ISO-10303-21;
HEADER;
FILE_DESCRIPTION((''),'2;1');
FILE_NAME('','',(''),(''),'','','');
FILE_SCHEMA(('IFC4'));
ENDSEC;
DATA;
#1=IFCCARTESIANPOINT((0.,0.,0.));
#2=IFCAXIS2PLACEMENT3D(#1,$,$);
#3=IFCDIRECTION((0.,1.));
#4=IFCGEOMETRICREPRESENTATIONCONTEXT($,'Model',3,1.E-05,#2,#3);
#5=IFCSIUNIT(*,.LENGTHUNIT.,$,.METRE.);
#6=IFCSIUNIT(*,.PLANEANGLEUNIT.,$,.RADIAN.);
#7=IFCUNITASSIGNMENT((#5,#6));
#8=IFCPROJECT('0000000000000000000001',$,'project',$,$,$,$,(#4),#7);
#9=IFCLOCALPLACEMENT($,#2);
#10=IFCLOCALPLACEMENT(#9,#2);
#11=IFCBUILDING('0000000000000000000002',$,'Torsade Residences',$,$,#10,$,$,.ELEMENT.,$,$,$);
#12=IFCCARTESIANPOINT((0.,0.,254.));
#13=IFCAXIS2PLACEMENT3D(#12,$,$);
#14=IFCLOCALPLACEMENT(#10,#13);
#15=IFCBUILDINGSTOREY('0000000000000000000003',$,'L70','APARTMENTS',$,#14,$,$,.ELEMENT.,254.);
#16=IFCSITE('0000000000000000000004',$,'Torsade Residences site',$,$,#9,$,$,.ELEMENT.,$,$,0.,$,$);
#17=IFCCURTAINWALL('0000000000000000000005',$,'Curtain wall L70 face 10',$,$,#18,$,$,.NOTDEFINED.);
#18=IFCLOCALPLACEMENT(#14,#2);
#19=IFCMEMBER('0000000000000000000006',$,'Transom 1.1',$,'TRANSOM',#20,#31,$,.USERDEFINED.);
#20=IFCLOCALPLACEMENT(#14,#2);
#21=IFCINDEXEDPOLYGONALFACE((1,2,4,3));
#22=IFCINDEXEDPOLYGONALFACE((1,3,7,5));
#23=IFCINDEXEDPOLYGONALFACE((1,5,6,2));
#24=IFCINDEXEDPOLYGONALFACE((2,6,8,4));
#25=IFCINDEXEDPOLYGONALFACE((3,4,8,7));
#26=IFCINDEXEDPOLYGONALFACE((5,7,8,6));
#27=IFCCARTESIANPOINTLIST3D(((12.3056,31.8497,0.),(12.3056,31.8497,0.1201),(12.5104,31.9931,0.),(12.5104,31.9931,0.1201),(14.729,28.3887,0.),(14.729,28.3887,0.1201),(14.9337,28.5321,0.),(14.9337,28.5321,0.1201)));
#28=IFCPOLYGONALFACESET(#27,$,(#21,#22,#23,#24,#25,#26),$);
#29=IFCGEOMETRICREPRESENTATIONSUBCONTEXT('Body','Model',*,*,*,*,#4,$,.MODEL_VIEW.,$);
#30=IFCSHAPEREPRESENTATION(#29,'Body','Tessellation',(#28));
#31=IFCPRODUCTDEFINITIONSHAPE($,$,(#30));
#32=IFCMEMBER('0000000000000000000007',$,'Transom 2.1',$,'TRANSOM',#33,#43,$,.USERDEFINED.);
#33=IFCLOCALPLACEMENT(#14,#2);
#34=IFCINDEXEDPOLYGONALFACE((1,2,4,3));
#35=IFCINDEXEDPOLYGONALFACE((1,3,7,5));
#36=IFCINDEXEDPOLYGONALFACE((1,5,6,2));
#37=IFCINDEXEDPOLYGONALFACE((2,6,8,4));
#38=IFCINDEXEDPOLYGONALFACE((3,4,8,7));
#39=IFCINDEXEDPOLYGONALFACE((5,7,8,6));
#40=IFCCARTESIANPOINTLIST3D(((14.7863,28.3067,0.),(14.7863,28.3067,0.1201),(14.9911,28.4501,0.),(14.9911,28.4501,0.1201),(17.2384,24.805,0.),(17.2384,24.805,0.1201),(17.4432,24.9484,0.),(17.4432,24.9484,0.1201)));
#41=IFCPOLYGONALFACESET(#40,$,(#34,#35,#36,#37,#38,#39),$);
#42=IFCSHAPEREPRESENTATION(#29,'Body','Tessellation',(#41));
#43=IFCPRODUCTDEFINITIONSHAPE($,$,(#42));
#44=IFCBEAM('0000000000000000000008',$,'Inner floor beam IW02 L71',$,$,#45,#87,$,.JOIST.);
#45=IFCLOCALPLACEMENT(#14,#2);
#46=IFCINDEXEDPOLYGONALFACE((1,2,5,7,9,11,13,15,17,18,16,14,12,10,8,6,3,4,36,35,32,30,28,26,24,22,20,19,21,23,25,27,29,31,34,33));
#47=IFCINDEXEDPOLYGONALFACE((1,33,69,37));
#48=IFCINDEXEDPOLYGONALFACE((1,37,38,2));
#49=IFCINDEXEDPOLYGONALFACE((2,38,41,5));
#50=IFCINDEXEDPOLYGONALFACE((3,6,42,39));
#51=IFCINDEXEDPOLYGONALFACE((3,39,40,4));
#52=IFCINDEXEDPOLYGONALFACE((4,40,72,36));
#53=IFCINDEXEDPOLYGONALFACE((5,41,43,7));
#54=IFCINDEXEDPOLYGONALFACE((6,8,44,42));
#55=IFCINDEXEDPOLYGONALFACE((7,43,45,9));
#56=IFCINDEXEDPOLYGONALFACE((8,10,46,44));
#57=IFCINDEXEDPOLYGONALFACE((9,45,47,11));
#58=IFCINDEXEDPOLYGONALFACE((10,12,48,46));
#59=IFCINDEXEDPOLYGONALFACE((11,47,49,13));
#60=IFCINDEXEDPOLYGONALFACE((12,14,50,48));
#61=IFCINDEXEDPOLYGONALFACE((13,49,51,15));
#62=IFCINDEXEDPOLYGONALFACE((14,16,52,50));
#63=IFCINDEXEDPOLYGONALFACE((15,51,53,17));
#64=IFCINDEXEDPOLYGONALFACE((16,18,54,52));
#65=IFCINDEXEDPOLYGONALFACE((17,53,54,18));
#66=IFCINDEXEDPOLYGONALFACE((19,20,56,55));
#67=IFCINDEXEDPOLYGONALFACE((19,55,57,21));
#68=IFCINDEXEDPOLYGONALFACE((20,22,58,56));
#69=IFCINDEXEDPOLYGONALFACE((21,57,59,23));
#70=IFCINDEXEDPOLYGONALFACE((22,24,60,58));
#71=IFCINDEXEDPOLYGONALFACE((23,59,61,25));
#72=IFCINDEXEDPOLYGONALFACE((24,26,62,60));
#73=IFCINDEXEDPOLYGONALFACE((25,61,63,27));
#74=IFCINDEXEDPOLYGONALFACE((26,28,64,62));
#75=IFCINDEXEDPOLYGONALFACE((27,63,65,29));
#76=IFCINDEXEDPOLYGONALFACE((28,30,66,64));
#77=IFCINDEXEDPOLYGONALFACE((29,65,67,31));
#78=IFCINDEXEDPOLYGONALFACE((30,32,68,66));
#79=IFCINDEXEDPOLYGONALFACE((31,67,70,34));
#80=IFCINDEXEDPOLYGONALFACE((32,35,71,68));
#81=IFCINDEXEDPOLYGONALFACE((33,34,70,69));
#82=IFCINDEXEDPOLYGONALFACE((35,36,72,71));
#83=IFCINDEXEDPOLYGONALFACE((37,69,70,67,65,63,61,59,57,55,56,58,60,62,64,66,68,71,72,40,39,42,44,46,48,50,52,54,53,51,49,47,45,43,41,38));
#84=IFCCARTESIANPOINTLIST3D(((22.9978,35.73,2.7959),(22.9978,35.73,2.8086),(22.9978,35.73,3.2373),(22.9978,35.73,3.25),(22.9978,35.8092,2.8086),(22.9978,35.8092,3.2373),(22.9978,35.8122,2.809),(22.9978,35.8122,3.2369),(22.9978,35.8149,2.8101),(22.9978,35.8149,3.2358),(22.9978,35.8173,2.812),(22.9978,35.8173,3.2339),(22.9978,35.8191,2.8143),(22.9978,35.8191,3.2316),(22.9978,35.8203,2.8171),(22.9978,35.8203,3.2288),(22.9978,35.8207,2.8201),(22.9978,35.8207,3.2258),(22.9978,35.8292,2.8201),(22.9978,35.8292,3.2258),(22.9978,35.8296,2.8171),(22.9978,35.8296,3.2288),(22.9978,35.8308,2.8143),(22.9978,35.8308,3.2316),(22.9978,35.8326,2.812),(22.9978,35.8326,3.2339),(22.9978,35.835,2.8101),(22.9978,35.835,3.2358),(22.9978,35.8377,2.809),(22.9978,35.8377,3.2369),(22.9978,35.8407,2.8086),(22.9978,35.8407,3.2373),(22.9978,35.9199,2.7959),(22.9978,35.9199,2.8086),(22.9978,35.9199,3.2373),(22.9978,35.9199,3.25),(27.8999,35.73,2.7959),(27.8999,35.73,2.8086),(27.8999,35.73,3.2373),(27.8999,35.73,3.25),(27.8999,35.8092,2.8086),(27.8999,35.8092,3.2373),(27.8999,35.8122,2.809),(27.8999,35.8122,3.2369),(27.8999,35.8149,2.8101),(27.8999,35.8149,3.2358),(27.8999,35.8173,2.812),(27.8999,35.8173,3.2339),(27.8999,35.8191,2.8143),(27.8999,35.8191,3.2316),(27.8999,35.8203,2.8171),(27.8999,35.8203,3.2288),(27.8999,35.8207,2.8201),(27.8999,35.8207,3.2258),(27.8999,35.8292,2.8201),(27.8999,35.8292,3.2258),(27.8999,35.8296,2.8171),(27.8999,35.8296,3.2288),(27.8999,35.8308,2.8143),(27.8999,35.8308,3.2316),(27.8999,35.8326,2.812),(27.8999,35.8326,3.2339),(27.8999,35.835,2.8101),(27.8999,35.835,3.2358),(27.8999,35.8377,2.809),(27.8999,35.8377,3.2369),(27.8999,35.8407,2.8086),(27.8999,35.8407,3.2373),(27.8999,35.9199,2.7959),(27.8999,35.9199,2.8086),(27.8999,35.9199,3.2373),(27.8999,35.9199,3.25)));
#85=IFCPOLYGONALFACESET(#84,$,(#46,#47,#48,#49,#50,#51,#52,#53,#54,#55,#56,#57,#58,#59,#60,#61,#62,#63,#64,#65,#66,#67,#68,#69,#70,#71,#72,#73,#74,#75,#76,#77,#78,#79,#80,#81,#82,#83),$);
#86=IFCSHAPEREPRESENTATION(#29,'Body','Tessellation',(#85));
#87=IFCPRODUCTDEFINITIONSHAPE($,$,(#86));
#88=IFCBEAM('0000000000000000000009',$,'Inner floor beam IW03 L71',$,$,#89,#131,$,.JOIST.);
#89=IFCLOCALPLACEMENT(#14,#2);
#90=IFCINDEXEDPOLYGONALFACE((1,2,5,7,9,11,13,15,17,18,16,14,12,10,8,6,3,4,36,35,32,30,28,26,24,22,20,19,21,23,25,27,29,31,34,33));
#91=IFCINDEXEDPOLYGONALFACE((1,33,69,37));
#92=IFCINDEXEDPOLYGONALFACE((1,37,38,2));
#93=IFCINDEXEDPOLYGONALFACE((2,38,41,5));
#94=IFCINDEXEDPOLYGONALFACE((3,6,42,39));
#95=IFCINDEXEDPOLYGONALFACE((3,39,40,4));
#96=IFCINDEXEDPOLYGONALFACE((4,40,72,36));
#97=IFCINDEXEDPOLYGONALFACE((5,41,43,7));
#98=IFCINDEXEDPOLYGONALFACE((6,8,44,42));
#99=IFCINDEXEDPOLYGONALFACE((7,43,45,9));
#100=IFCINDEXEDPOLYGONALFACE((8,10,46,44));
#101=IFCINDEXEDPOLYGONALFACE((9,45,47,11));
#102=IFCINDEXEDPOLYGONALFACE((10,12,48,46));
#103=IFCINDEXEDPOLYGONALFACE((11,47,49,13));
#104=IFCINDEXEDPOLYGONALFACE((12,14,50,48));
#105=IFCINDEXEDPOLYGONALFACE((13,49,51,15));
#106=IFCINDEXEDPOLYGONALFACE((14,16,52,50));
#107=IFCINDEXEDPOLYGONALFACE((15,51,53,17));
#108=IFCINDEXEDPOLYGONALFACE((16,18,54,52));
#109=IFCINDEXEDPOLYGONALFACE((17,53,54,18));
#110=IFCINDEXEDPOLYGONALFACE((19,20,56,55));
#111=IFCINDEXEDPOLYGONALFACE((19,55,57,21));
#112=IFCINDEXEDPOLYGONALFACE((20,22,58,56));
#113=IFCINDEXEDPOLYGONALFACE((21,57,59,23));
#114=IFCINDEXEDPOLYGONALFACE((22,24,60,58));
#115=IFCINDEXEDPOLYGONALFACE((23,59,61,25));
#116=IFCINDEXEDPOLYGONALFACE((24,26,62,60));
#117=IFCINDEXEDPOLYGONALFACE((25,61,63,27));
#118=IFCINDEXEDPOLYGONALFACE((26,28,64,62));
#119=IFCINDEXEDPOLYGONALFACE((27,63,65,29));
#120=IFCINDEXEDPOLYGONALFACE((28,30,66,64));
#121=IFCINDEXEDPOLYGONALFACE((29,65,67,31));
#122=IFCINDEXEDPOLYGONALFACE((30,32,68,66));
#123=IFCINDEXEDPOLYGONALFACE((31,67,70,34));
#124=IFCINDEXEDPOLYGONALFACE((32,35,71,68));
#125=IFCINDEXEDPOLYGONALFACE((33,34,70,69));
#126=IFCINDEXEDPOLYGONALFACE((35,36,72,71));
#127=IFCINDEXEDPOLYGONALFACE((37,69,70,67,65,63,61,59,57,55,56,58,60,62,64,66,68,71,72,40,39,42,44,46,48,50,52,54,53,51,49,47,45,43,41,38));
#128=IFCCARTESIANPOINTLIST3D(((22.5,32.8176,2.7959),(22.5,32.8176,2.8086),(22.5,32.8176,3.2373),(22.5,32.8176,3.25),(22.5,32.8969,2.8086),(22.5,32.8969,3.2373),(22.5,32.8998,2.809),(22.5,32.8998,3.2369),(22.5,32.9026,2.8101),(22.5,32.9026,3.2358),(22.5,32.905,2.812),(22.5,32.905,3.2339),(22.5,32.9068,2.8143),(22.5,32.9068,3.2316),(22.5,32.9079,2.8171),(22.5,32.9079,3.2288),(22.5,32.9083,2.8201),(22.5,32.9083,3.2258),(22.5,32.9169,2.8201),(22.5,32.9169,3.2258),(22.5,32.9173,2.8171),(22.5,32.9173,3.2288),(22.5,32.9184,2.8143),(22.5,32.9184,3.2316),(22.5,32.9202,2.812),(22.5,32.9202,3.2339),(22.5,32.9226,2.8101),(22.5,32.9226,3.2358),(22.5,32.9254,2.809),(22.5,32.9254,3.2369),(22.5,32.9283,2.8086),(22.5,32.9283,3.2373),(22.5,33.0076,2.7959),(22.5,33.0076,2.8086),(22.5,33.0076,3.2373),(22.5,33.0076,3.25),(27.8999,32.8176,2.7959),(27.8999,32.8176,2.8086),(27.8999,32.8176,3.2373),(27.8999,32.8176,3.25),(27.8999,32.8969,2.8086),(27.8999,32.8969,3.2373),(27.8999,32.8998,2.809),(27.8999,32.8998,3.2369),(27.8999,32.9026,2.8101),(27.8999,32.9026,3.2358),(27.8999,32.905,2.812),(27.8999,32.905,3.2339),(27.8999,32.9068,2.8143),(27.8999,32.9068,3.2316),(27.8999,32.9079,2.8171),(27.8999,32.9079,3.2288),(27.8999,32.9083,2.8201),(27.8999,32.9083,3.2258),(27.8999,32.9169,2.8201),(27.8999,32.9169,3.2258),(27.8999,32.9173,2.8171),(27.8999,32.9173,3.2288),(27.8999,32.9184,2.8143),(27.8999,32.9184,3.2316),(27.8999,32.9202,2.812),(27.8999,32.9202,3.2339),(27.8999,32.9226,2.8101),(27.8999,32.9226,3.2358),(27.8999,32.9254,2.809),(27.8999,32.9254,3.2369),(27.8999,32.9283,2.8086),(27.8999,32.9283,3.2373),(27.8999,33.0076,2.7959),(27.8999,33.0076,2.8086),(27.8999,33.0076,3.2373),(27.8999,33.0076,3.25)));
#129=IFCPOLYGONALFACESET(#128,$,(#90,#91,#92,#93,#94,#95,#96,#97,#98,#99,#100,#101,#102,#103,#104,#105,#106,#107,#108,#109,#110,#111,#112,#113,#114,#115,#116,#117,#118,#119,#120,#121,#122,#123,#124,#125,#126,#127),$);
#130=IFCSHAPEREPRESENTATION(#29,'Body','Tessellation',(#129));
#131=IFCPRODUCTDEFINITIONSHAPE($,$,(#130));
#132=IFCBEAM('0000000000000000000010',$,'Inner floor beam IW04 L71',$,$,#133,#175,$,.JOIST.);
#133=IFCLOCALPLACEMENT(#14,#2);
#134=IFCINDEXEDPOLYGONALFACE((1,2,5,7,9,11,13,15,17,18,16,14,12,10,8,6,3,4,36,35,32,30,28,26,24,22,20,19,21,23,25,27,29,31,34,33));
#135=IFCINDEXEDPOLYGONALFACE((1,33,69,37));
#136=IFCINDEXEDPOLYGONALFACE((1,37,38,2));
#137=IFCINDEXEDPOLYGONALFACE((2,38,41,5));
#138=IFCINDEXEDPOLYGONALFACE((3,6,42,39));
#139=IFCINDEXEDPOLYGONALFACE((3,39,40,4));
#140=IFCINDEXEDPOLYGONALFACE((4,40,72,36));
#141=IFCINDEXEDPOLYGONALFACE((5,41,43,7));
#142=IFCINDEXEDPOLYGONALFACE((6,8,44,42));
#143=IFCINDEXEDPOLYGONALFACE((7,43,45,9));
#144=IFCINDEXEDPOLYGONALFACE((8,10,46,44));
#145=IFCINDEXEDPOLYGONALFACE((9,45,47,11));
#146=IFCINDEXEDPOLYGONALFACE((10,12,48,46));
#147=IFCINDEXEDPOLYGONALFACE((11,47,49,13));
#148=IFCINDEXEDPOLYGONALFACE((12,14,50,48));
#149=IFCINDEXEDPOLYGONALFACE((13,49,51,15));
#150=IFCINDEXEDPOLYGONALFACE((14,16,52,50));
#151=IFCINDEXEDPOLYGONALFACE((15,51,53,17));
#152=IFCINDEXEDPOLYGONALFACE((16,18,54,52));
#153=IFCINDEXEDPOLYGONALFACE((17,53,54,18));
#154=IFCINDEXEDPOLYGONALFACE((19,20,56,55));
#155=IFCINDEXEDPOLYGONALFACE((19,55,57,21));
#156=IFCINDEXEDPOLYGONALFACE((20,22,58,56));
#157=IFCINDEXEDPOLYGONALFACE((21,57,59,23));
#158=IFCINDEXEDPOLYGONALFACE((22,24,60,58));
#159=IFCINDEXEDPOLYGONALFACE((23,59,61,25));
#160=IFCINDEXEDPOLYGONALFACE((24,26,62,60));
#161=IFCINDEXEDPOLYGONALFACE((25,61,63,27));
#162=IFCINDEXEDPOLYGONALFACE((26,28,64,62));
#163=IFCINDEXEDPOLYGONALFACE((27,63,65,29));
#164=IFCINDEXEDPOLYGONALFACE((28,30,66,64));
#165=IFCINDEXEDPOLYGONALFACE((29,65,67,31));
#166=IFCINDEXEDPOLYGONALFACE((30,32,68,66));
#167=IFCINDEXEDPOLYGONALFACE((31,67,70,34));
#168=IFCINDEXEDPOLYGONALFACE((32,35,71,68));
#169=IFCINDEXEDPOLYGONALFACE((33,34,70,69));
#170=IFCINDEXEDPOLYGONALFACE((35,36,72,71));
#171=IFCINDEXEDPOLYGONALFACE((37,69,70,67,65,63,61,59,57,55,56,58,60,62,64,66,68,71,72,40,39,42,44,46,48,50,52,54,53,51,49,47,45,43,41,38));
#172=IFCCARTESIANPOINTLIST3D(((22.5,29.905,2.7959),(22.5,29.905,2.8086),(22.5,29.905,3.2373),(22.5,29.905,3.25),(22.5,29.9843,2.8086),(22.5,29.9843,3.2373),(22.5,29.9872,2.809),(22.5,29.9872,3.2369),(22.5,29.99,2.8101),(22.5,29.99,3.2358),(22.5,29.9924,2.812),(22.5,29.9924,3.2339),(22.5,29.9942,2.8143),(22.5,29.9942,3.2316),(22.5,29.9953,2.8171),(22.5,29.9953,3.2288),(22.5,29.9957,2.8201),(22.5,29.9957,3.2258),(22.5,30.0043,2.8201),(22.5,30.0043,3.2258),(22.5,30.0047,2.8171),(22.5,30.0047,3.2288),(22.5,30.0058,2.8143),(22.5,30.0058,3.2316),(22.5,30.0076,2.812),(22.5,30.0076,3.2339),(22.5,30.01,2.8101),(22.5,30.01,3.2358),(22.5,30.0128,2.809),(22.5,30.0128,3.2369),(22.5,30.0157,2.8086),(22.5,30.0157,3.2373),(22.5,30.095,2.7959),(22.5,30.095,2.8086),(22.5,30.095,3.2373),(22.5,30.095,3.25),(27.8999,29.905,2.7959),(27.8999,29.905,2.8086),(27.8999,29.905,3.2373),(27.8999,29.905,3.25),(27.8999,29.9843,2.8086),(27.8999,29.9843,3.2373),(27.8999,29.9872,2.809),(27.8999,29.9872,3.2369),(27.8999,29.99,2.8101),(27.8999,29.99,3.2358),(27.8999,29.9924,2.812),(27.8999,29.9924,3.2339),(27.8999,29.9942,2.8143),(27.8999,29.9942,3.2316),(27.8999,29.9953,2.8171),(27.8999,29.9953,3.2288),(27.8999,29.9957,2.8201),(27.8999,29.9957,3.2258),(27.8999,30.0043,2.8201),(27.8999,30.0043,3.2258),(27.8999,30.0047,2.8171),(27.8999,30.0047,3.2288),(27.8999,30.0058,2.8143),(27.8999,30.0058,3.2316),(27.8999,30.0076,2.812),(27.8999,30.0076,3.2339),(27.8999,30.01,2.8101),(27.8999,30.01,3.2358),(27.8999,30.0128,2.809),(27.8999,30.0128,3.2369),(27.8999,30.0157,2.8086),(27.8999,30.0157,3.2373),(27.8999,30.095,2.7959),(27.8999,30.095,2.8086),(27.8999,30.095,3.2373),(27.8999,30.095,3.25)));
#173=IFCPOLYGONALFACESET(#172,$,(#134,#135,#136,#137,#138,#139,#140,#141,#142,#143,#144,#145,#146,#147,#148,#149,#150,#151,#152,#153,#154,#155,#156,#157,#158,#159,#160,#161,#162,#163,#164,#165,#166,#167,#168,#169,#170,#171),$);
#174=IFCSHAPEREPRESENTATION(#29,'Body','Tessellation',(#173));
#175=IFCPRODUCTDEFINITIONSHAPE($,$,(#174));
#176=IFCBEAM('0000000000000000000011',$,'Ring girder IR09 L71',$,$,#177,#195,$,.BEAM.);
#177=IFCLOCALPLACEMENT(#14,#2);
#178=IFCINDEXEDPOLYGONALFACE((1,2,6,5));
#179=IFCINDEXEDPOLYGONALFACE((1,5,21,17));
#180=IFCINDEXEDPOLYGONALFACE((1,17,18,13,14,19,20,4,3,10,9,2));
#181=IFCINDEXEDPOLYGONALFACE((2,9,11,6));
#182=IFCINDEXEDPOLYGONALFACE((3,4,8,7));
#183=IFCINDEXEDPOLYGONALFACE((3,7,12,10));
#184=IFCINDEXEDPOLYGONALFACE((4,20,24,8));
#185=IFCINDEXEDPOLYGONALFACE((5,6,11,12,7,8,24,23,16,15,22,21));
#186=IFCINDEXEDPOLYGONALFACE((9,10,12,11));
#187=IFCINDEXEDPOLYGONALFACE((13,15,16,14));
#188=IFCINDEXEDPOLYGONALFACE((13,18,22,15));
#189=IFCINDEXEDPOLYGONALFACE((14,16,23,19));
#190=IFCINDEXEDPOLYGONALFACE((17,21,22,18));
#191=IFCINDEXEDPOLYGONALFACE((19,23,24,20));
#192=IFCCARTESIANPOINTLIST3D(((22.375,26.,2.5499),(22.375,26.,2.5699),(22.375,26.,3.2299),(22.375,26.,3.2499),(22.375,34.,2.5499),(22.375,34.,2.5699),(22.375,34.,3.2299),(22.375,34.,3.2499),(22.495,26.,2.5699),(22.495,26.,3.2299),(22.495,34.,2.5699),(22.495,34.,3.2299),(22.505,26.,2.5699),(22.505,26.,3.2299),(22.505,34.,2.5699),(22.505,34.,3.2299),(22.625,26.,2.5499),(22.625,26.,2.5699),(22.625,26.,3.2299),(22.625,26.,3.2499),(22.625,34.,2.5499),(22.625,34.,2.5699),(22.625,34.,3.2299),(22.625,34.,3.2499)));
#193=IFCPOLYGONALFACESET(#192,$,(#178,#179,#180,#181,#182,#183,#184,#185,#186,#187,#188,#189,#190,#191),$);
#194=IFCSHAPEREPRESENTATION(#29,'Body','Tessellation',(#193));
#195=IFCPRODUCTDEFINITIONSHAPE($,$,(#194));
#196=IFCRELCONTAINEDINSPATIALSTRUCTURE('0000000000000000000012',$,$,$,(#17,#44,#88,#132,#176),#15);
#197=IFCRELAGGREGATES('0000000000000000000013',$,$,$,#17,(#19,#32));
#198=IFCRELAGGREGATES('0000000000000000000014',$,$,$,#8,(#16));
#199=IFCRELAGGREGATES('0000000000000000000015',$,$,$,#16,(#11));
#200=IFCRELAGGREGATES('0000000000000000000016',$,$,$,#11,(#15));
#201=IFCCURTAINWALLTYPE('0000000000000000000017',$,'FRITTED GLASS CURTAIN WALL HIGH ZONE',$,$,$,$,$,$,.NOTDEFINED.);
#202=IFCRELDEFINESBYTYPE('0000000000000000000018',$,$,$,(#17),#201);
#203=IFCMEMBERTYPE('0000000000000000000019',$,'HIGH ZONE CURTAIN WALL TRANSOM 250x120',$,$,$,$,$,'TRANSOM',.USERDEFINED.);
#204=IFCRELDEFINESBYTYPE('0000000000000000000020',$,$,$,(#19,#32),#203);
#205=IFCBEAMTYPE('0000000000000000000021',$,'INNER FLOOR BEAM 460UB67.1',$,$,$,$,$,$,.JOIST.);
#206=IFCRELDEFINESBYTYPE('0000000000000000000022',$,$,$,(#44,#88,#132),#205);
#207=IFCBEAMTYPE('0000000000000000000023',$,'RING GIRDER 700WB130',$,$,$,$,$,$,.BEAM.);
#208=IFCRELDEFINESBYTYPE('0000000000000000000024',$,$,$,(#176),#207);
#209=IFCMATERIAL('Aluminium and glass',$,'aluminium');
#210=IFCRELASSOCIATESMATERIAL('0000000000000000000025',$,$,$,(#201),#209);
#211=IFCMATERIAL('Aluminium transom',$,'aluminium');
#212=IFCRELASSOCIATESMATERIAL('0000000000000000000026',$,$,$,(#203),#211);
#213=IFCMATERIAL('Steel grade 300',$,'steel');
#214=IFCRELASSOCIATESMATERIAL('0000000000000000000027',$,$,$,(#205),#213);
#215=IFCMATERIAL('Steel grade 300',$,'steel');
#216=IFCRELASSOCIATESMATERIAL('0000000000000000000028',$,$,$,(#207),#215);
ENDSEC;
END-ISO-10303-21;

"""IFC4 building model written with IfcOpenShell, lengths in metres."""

from ifc_helpers import new_model, si_unit, direction, frame, origin, origin_2d, place, context, subcontext, project, spatial, rectangle, i_section, extrude, material, material_profile, profile_set, type_object, element, aggregate, save


model = new_model("IFC4")

# Units and contexts
model_context = context("Model", 3, precision=1e-05, world=origin(), true_north=direction((0.0, 1.0)))
body_context = subcontext(model_context, "Body", "Model", "MODEL_VIEW")
ifc_project = project(units=[si_unit("LENGTHUNIT", "METRE"), si_unit("PLANEANGLEUNIT", "RADIAN")], contexts=[model_context])

# Site, building, storey
site_placement = place(None, origin())
site = spatial("IfcSite", under=ifc_project, at=site_placement, Name="Torsade Residences site", CompositionType="ELEMENT", RefElevation=0.0)
building_placement = place(site_placement, origin())
building = spatial("IfcBuilding", under=site, at=building_placement, Name="Torsade Residences", CompositionType="ELEMENT")
storey_placement = place(building_placement, frame((0.0, 0.0, 254.0)))
storey = spatial("IfcBuildingStorey", under=building, at=storey_placement, Name="L70", Description="APARTMENTS", CompositionType="ELEMENT", Elevation=254.0)

# Curtain wall, members
ifc_material_1 = material(Name="Aluminium and glass", Category="aluminium")
curtain_wall_type = type_object("IfcCurtainWallType", Name="FRITTED GLASS CURTAIN WALL HIGH ZONE", PredefinedType="NOTDEFINED", material=ifc_material_1)
curtain_wall_placement = place(storey_placement, origin())
curtain_wall = element("IfcCurtainWall", 1, at=curtain_wall_placement, inside=storey, type_object=curtain_wall_type, Name="Curtain wall L70 face 10", PredefinedType="NOTDEFINED")
ifc_material_2 = material(Name="Aluminium transom", Category="aluminium")
ifc_material_profile_1 = material_profile(ifc_material_2, rectangle(XDim=0.25, YDim=0.1201, at=origin_2d()), Name="HIGH ZONE CURTAIN WALL TRANSOM 250x120")
ifc_profile_set_1 = profile_set([ifc_material_profile_1], Name="Aluminium transom")
member_type_1 = type_object("IfcMemberType", Name="HIGH ZONE CURTAIN WALL TRANSOM 250x120", ElementType="TRANSOM", PredefinedType="USERDEFINED", material=ifc_profile_set_1)
member_1_placement = place(storey_placement, frame((12.408, 31.9214, 0.0601), z_axis=(0.573571, -0.819156, 0.0), x_axis=(0.819156, 0.573571, 0.0)))
member_1 = element("IfcMember", 2, at=member_1_placement, type_object=member_type_1, Name="Transom 1.1", ObjectType="TRANSOM", PredefinedType="USERDEFINED", context=body_context, shape_type="SweptSolid", body=[
    extrude(rectangle(XDim=0.25, YDim=0.1201, at=origin_2d()), origin(), (0.0, 0.0, 1.0), 4.2251),
])
member_2_placement = place(storey_placement, frame((14.8887, 28.3784, 0.0601), z_axis=(0.573612, -0.819127, 0.0), x_axis=(0.819127, 0.573612, 0.0)))
member_2 = element("IfcMember", 3, at=member_2_placement, type_object=member_type_1, Name="Transom 2.1", ObjectType="TRANSOM", PredefinedType="USERDEFINED", context=body_context, shape_type="SweptSolid", body=[
    extrude(rectangle(XDim=0.25, YDim=0.1201, at=origin_2d()), origin(), (0.0, 0.0, 1.0), 4.2749),
])

# Beams
ifc_material_3 = material(Name="Steel grade 300", Category="steel")
ifc_material_profile_2 = material_profile(ifc_material_3, i_section(OverallWidth=0.1899, OverallDepth=0.4541, WebThickness=0.0085, FlangeThickness=0.0127, FilletRadius=0.0115, at=origin_2d()), Name="460UB67.1")
ifc_profile_set_2 = profile_set([ifc_material_profile_2], Name="Steel grade 300")
beam_type_1 = type_object("IfcBeamType", Name="INNER FLOOR BEAM 460UB67.1", PredefinedType="JOIST", material=ifc_profile_set_2)
beam_1_placement = place(storey_placement, frame((27.8999, 35.825, 3.0229), z_axis=(-1.0, 0.0, 0.0), x_axis=(0.0, -1.0, 0.0)))
element("IfcBeam", 4, at=beam_1_placement, inside=storey, type_object=beam_type_1, Name="Inner floor beam IW02 L71", PredefinedType="JOIST", context=body_context, shape_type="SweptSolid", body=[
    extrude(i_section(OverallWidth=0.1899, OverallDepth=0.4541, WebThickness=0.0085, FlangeThickness=0.0127, FilletRadius=0.0115, at=origin_2d()), origin(), (0.0, 0.0, 1.0), 4.9021),
])
for number, where, z_axis, x_axis, name in (
    (5, (27.8999, 32.9126, 3.0229), (-1.0, 0.0, 0.0), (0.0, -1.0, 0.0), "Inner floor beam IW03 L71"),
    (6, (27.8999, 30.0, 3.0229), (-1.0, 0.0, 0.0), (0.0, -1.0, 0.0), "Inner floor beam IW04 L71"),
):
    element("IfcBeam", number, at=place(storey_placement, frame(where, z_axis=z_axis, x_axis=x_axis)), inside=storey, type_object=beam_type_1, Name=name, PredefinedType="JOIST", context=body_context, shape_type="SweptSolid", body=[
        extrude(i_section(OverallWidth=0.1899, OverallDepth=0.4541, WebThickness=0.0085, FlangeThickness=0.0127, FilletRadius=0.0115, at=origin_2d()), origin(), (0.0, 0.0, 1.0), 5.3999),
    ])
ifc_material_4 = material(Name="Steel grade 300", Category="steel")
ifc_material_profile_3 = material_profile(ifc_material_4, i_section(OverallWidth=0.25, OverallDepth=0.7, WebThickness=0.01, FlangeThickness=0.02, at=origin_2d()), Name="700WB130")
ifc_profile_set_3 = profile_set([ifc_material_profile_3], Name="Steel grade 300")
beam_type_2 = type_object("IfcBeamType", Name="RING GIRDER 700WB130", PredefinedType="BEAM", material=ifc_profile_set_3)
beam_2_placement = place(storey_placement, frame((22.5, 34.0, 2.8999), z_axis=(0.0, -1.0, 0.0), x_axis=(1.0, 0.0, 0.0)))
element("IfcBeam", 7, at=beam_2_placement, inside=storey, type_object=beam_type_2, Name="Ring girder IR09 L71", PredefinedType="BEAM", context=body_context, shape_type="SweptSolid", body=[
    extrude(i_section(OverallWidth=0.25, OverallDepth=0.7, WebThickness=0.01, FlangeThickness=0.02, at=origin_2d()), origin(), (0.0, 0.0, 1.0), 8.0),
])

aggregate(curtain_wall, [member_1, member_2])

save(model, "model.ifc")
